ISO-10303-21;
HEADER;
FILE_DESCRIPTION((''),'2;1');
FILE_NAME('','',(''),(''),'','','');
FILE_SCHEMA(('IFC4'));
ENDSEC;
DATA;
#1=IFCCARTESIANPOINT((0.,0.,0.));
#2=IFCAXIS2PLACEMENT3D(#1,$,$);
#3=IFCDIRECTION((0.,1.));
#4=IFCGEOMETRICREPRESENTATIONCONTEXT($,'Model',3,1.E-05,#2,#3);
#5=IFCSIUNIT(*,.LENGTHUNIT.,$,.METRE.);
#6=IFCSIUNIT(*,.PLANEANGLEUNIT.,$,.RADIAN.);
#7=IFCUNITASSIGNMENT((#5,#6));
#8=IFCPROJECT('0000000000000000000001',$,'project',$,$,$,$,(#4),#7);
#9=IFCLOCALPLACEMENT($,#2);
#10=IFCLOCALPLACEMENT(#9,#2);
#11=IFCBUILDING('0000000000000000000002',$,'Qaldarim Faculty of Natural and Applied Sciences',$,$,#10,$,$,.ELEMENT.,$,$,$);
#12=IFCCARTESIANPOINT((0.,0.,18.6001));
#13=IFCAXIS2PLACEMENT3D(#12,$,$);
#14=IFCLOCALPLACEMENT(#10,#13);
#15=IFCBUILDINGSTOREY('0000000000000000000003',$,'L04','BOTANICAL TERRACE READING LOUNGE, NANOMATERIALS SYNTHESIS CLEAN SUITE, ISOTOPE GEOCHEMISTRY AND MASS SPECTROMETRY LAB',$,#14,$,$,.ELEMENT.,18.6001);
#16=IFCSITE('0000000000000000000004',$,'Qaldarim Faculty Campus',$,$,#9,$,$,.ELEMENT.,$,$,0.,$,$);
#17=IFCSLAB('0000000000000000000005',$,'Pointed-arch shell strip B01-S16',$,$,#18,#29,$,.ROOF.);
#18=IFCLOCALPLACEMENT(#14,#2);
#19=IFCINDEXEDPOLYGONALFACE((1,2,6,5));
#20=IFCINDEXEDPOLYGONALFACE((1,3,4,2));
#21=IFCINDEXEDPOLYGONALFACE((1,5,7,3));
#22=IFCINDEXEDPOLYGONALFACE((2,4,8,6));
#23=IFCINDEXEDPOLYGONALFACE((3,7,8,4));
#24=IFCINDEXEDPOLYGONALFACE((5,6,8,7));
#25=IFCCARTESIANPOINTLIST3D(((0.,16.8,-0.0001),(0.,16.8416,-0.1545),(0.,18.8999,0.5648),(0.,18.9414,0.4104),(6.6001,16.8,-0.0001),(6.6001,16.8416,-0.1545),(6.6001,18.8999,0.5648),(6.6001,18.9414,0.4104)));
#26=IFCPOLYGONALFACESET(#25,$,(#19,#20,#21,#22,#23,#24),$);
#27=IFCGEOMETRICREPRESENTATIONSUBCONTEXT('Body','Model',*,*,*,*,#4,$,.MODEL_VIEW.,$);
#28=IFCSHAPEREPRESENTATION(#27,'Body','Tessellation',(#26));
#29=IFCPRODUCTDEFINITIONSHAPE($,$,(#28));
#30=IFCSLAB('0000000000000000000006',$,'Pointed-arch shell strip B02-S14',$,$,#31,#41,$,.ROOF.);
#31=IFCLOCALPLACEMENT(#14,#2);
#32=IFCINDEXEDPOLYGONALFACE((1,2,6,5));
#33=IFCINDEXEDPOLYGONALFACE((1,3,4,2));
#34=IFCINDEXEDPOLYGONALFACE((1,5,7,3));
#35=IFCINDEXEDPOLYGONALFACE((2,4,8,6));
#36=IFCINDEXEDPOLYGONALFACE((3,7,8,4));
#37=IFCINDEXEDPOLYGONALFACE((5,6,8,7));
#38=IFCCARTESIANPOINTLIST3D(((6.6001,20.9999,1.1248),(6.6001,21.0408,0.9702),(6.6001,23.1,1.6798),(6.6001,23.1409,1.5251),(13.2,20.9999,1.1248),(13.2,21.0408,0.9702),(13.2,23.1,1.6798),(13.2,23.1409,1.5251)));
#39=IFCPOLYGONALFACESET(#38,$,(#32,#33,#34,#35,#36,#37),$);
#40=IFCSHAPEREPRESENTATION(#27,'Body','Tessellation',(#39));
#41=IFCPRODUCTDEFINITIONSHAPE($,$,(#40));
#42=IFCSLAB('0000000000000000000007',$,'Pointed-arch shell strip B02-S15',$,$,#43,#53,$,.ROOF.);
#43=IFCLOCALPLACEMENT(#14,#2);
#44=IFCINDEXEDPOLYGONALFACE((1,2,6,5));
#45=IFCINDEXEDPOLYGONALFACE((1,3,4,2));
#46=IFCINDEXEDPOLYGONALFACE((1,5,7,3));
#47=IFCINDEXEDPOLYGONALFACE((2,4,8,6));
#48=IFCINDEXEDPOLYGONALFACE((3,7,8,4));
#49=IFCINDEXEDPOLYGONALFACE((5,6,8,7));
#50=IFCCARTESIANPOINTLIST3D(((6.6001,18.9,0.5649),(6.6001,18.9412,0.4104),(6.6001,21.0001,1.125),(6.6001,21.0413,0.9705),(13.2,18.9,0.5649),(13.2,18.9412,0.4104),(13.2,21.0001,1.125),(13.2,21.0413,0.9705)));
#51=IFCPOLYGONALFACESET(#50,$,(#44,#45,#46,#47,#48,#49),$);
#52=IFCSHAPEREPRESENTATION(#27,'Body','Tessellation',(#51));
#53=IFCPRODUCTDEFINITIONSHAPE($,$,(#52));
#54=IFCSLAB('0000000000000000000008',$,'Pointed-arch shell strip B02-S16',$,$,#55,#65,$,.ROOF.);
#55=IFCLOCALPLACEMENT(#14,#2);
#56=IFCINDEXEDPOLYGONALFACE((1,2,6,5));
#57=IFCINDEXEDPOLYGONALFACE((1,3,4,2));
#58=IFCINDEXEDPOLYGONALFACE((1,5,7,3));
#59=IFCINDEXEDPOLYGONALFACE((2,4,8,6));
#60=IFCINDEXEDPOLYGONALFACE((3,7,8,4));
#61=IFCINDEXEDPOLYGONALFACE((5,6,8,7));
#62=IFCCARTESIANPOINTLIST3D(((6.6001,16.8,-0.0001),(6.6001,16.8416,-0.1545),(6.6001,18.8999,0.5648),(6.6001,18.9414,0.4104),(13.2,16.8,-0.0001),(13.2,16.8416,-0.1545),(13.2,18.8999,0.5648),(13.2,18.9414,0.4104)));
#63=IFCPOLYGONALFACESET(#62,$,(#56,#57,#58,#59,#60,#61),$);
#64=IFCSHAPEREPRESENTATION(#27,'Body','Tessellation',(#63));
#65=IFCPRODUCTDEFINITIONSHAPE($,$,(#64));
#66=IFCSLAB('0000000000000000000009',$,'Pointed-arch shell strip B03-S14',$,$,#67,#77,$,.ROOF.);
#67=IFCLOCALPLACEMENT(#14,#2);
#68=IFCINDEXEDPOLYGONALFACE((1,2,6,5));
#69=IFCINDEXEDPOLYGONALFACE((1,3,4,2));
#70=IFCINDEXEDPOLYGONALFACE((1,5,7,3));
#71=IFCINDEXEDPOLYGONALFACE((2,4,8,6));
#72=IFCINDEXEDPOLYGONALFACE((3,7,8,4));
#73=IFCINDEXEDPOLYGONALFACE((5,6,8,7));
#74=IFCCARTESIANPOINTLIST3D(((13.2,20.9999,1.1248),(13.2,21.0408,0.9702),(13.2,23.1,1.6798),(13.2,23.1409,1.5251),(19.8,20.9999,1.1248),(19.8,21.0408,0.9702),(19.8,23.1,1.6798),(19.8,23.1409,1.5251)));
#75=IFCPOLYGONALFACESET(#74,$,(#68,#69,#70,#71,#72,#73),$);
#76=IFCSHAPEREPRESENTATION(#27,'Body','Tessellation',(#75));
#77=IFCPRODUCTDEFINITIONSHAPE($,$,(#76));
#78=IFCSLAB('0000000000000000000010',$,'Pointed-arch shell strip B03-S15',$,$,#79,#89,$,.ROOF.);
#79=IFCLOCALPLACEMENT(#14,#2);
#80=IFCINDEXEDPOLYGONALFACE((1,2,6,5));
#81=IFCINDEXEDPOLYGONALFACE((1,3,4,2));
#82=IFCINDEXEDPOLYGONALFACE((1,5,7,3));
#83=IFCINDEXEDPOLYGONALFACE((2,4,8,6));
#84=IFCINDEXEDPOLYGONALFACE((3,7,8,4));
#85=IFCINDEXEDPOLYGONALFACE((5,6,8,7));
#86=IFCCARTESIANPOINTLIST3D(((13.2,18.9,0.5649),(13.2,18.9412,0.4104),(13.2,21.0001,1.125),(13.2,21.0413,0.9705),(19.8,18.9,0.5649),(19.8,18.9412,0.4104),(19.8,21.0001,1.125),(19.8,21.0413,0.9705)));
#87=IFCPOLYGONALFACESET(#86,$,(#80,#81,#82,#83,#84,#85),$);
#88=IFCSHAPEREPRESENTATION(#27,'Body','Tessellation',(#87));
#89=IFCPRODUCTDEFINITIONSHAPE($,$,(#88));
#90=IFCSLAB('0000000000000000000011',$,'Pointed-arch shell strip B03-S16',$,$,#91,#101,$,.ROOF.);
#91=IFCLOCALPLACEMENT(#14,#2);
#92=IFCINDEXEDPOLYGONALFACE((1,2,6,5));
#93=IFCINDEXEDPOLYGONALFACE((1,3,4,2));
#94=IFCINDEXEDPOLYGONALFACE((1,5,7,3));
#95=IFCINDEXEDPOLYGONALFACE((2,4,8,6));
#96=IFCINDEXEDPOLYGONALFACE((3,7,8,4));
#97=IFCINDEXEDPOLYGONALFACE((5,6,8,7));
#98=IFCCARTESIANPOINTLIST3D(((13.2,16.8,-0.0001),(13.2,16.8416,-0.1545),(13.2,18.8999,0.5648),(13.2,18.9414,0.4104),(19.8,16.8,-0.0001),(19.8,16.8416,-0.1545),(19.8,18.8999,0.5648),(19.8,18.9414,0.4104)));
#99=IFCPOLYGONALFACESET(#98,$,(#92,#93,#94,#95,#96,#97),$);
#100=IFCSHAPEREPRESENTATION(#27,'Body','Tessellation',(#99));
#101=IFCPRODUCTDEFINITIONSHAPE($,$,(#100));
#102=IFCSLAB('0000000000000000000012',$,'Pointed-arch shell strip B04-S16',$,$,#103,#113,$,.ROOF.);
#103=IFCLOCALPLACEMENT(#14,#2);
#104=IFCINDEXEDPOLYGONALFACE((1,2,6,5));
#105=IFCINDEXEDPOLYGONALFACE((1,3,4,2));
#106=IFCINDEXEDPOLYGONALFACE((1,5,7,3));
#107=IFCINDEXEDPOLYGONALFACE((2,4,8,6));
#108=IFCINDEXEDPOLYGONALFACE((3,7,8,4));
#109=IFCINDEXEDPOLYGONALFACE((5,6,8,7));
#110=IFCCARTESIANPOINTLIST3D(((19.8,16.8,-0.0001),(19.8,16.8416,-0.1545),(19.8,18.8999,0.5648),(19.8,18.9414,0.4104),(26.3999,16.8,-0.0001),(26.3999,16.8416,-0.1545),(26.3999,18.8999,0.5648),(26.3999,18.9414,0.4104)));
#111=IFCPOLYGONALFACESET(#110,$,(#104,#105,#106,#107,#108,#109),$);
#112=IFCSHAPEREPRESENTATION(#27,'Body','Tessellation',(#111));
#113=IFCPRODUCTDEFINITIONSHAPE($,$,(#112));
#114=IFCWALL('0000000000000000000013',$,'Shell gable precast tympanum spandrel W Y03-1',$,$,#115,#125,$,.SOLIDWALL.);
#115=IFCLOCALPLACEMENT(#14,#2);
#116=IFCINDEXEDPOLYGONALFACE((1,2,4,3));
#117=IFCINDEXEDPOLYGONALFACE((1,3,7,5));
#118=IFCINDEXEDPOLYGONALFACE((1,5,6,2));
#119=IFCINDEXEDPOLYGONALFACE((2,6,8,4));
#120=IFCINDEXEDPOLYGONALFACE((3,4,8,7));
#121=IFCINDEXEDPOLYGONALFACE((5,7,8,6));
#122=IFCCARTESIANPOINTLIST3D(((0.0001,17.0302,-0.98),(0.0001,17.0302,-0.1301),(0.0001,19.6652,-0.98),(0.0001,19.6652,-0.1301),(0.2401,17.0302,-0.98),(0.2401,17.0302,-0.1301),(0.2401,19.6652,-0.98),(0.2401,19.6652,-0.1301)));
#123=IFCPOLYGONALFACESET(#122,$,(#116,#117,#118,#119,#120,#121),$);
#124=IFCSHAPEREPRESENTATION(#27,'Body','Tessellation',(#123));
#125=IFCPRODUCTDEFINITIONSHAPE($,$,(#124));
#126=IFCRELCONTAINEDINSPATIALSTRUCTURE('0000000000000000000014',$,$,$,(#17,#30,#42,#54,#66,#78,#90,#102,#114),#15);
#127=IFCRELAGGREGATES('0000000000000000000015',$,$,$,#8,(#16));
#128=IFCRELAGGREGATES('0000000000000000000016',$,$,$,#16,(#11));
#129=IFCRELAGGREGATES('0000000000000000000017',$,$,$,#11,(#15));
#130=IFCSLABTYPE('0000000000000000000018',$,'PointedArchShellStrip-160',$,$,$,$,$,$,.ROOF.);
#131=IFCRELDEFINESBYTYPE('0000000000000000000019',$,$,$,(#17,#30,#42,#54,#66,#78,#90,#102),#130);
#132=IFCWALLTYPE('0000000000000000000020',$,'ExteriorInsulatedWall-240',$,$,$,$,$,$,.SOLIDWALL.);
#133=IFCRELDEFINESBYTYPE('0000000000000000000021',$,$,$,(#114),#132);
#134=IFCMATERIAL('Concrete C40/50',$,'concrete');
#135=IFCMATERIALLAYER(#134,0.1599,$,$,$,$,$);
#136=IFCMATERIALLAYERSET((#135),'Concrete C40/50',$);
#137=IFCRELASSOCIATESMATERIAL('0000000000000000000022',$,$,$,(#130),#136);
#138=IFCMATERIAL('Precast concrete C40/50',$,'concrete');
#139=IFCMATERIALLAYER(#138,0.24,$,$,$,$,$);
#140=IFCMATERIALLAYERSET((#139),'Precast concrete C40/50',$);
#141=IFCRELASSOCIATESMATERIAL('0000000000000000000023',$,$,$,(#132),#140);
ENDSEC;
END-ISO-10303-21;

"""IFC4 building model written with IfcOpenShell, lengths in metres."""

from ifc_helpers import new_model, si_unit, direction, frame, frame_2d, origin, place, context, subcontext, project, spatial, polyline, rectangle, outline, extrude, material, layer, layer_set, type_object, element, save


model = new_model("IFC4")

# Units and contexts
model_context = context("Model", 3, precision=1e-05, world=origin(), true_north=direction((0.0, 1.0)))
body_context = subcontext(model_context, "Body", "Model", "MODEL_VIEW")
ifc_project = project(units=[si_unit("LENGTHUNIT", "METRE"), si_unit("PLANEANGLEUNIT", "RADIAN")], contexts=[model_context])

# Site, building, storey
site_placement = place(None, origin())
site = spatial("IfcSite", under=ifc_project, at=site_placement, Name="Qaldarim Faculty Campus", CompositionType="ELEMENT", RefElevation=0.0)
building_placement = place(site_placement, origin())
building = spatial("IfcBuilding", under=site, at=building_placement, Name="Qaldarim Faculty of Natural and Applied Sciences", CompositionType="ELEMENT")
storey_placement = place(building_placement, frame((0.0, 0.0, 18.6001)))
storey = spatial("IfcBuildingStorey", under=building, at=storey_placement, Name="L04", Description="BOTANICAL TERRACE READING LOUNGE, NANOMATERIALS SYNTHESIS CLEAN SUITE, ISOTOPE GEOCHEMISTRY AND MASS SPECTROMETRY LAB", CompositionType="ELEMENT", Elevation=18.6001)

# Shared definitions
ifc_material_1 = material(Name="Precast concrete C40/50", Category="concrete")

# Slabs
ifc_material_2 = material(Name="Concrete C40/50", Category="concrete")
ifc_layer_1 = layer(ifc_material_2, 0.1599)
ifc_layer_set_1 = layer_set([ifc_layer_1], Name="Concrete C40/50")
slab_type = type_object("IfcSlabType", Name="PointedArchShellStrip-160", PredefinedType="ROOF", material=ifc_layer_set_1)
slab_1_placement = place(storey_placement, frame((0.0, 16.8416, -0.1545), z_axis=(0.0, -0.2598, 0.965662), x_axis=(1.0, 0.0, 0.0)))
element("IfcSlab", 1, at=slab_1_placement, inside=storey, type_object=slab_type, Name="Pointed-arch shell strip B01-S16", PredefinedType="ROOF", context=body_context, shape_type="SweptSolid", body=[
    extrude(outline(polyline([(0.0, 0.0), (6.6001, 0.0), (6.6001, 2.1745), (0.0, 2.1745), (0.0, 0.0)])), origin(), (0.0, 0.0, 1.0), 0.1599),
])
slab_2_placement = place(storey_placement, frame((6.6001, 21.0408, 0.9702), z_axis=(0.0, -0.255472, 0.966816), x_axis=(1.0, 0.0, 0.0)))
element("IfcSlab", 2, at=slab_2_placement, inside=storey, type_object=slab_type, Name="Pointed-arch shell strip B02-S14", PredefinedType="ROOF", context=body_context, shape_type="SweptSolid", body=[
    extrude(outline(polyline([(0.0, 0.0), (6.5999, 0.0), (6.5999, 2.1722), (0.0, 2.1722), (0.0, 0.0)])), origin(), (0.0, 0.0, 1.0), 0.1599),
])
slab_3_placement = place(storey_placement, frame((6.6001, 18.9412, 0.4104), z_axis=(0.0, -0.257677, 0.966231), x_axis=(1.0, 0.0, 0.0)))
element("IfcSlab", 3, at=slab_3_placement, inside=storey, type_object=slab_type, Name="Pointed-arch shell strip B02-S15", PredefinedType="ROOF", context=body_context, shape_type="SweptSolid", body=[
    extrude(outline(polyline([(0.0, 0.0), (6.5999, 0.0), (6.5999, 2.1735), (0.0, 2.1735), (0.0, 0.0)])), origin(), (0.0, 0.0, 1.0), 0.1599),
])
slab_4_placement = place(storey_placement, frame((6.6001, 16.8416, -0.1545), z_axis=(0.0, -0.2598, 0.965662), x_axis=(1.0, 0.0, 0.0)))
element("IfcSlab", 4, at=slab_4_placement, inside=storey, type_object=slab_type, Name="Pointed-arch shell strip B02-S16", PredefinedType="ROOF", context=body_context, shape_type="SweptSolid", body=[
    extrude(outline(polyline([(0.0, 0.0), (6.5999, 0.0), (6.5999, 2.1745), (0.0, 2.1745), (0.0, 0.0)])), origin(), (0.0, 0.0, 1.0), 0.1599),
])
slab_5_placement = place(storey_placement, frame((13.2, 21.0408, 0.9702), z_axis=(0.0, -0.255472, 0.966816), x_axis=(1.0, 0.0, 0.0)))
element("IfcSlab", 5, at=slab_5_placement, inside=storey, type_object=slab_type, Name="Pointed-arch shell strip B03-S14", PredefinedType="ROOF", context=body_context, shape_type="SweptSolid", body=[
    extrude(outline(polyline([(0.0, 0.0), (6.6001, 0.0), (6.6001, 2.1722), (0.0, 2.1722), (0.0, 0.0)])), origin(), (0.0, 0.0, 1.0), 0.1599),
])
slab_6_placement = place(storey_placement, frame((13.2, 18.9412, 0.4104), z_axis=(0.0, -0.257677, 0.966231), x_axis=(1.0, 0.0, 0.0)))
element("IfcSlab", 6, at=slab_6_placement, inside=storey, type_object=slab_type, Name="Pointed-arch shell strip B03-S15", PredefinedType="ROOF", context=body_context, shape_type="SweptSolid", body=[
    extrude(outline(polyline([(0.0, 0.0), (6.6001, 0.0), (6.6001, 2.1735), (0.0, 2.1735), (0.0, 0.0)])), origin(), (0.0, 0.0, 1.0), 0.1599),
])
slab_7_placement = place(storey_placement, frame((13.2, 16.8416, -0.1545), z_axis=(0.0, -0.2598, 0.965662), x_axis=(1.0, 0.0, 0.0)))
element("IfcSlab", 7, at=slab_7_placement, inside=storey, type_object=slab_type, Name="Pointed-arch shell strip B03-S16", PredefinedType="ROOF", context=body_context, shape_type="SweptSolid", body=[
    extrude(outline(polyline([(0.0, 0.0), (6.6001, 0.0), (6.6001, 2.1745), (0.0, 2.1745), (0.0, 0.0)])), origin(), (0.0, 0.0, 1.0), 0.1599),
])
slab_8_placement = place(storey_placement, frame((19.8, 16.8416, -0.1545), z_axis=(0.0, -0.2598, 0.965662), x_axis=(1.0, 0.0, 0.0)))
element("IfcSlab", 8, at=slab_8_placement, inside=storey, type_object=slab_type, Name="Pointed-arch shell strip B04-S16", PredefinedType="ROOF", context=body_context, shape_type="SweptSolid", body=[
    extrude(outline(polyline([(0.0, 0.0), (6.5999, 0.0), (6.5999, 2.1745), (0.0, 2.1745), (0.0, 0.0)])), origin(), (0.0, 0.0, 1.0), 0.1599),
])

# Wall
ifc_layer_2 = layer(ifc_material_1, 0.24)
ifc_layer_set_2 = layer_set([ifc_layer_2], Name="Precast concrete C40/50")
wall_type = type_object("IfcWallType", Name="ExteriorInsulatedWall-240", PredefinedType="SOLIDWALL", material=ifc_layer_set_2)
wall_placement = place(storey_placement, frame((0.1201, 19.665, -0.98), z_axis=(0.0, 0.0, 1.0), x_axis=(0.0, -1.0, 0.0)))
element("IfcWall", 9, at=wall_placement, inside=storey, type_object=wall_type, Name="Shell gable precast tympanum spandrel W Y03-1", PredefinedType="SOLIDWALL", context=body_context, shape_type="SweptSolid", body=[
    extrude(rectangle(XDim=2.635, YDim=0.24, at=frame_2d((1.3174, 0.0))), origin(), (0.0, 0.0, 1.0), 0.8499),
])

save(model, "model.ifc")
